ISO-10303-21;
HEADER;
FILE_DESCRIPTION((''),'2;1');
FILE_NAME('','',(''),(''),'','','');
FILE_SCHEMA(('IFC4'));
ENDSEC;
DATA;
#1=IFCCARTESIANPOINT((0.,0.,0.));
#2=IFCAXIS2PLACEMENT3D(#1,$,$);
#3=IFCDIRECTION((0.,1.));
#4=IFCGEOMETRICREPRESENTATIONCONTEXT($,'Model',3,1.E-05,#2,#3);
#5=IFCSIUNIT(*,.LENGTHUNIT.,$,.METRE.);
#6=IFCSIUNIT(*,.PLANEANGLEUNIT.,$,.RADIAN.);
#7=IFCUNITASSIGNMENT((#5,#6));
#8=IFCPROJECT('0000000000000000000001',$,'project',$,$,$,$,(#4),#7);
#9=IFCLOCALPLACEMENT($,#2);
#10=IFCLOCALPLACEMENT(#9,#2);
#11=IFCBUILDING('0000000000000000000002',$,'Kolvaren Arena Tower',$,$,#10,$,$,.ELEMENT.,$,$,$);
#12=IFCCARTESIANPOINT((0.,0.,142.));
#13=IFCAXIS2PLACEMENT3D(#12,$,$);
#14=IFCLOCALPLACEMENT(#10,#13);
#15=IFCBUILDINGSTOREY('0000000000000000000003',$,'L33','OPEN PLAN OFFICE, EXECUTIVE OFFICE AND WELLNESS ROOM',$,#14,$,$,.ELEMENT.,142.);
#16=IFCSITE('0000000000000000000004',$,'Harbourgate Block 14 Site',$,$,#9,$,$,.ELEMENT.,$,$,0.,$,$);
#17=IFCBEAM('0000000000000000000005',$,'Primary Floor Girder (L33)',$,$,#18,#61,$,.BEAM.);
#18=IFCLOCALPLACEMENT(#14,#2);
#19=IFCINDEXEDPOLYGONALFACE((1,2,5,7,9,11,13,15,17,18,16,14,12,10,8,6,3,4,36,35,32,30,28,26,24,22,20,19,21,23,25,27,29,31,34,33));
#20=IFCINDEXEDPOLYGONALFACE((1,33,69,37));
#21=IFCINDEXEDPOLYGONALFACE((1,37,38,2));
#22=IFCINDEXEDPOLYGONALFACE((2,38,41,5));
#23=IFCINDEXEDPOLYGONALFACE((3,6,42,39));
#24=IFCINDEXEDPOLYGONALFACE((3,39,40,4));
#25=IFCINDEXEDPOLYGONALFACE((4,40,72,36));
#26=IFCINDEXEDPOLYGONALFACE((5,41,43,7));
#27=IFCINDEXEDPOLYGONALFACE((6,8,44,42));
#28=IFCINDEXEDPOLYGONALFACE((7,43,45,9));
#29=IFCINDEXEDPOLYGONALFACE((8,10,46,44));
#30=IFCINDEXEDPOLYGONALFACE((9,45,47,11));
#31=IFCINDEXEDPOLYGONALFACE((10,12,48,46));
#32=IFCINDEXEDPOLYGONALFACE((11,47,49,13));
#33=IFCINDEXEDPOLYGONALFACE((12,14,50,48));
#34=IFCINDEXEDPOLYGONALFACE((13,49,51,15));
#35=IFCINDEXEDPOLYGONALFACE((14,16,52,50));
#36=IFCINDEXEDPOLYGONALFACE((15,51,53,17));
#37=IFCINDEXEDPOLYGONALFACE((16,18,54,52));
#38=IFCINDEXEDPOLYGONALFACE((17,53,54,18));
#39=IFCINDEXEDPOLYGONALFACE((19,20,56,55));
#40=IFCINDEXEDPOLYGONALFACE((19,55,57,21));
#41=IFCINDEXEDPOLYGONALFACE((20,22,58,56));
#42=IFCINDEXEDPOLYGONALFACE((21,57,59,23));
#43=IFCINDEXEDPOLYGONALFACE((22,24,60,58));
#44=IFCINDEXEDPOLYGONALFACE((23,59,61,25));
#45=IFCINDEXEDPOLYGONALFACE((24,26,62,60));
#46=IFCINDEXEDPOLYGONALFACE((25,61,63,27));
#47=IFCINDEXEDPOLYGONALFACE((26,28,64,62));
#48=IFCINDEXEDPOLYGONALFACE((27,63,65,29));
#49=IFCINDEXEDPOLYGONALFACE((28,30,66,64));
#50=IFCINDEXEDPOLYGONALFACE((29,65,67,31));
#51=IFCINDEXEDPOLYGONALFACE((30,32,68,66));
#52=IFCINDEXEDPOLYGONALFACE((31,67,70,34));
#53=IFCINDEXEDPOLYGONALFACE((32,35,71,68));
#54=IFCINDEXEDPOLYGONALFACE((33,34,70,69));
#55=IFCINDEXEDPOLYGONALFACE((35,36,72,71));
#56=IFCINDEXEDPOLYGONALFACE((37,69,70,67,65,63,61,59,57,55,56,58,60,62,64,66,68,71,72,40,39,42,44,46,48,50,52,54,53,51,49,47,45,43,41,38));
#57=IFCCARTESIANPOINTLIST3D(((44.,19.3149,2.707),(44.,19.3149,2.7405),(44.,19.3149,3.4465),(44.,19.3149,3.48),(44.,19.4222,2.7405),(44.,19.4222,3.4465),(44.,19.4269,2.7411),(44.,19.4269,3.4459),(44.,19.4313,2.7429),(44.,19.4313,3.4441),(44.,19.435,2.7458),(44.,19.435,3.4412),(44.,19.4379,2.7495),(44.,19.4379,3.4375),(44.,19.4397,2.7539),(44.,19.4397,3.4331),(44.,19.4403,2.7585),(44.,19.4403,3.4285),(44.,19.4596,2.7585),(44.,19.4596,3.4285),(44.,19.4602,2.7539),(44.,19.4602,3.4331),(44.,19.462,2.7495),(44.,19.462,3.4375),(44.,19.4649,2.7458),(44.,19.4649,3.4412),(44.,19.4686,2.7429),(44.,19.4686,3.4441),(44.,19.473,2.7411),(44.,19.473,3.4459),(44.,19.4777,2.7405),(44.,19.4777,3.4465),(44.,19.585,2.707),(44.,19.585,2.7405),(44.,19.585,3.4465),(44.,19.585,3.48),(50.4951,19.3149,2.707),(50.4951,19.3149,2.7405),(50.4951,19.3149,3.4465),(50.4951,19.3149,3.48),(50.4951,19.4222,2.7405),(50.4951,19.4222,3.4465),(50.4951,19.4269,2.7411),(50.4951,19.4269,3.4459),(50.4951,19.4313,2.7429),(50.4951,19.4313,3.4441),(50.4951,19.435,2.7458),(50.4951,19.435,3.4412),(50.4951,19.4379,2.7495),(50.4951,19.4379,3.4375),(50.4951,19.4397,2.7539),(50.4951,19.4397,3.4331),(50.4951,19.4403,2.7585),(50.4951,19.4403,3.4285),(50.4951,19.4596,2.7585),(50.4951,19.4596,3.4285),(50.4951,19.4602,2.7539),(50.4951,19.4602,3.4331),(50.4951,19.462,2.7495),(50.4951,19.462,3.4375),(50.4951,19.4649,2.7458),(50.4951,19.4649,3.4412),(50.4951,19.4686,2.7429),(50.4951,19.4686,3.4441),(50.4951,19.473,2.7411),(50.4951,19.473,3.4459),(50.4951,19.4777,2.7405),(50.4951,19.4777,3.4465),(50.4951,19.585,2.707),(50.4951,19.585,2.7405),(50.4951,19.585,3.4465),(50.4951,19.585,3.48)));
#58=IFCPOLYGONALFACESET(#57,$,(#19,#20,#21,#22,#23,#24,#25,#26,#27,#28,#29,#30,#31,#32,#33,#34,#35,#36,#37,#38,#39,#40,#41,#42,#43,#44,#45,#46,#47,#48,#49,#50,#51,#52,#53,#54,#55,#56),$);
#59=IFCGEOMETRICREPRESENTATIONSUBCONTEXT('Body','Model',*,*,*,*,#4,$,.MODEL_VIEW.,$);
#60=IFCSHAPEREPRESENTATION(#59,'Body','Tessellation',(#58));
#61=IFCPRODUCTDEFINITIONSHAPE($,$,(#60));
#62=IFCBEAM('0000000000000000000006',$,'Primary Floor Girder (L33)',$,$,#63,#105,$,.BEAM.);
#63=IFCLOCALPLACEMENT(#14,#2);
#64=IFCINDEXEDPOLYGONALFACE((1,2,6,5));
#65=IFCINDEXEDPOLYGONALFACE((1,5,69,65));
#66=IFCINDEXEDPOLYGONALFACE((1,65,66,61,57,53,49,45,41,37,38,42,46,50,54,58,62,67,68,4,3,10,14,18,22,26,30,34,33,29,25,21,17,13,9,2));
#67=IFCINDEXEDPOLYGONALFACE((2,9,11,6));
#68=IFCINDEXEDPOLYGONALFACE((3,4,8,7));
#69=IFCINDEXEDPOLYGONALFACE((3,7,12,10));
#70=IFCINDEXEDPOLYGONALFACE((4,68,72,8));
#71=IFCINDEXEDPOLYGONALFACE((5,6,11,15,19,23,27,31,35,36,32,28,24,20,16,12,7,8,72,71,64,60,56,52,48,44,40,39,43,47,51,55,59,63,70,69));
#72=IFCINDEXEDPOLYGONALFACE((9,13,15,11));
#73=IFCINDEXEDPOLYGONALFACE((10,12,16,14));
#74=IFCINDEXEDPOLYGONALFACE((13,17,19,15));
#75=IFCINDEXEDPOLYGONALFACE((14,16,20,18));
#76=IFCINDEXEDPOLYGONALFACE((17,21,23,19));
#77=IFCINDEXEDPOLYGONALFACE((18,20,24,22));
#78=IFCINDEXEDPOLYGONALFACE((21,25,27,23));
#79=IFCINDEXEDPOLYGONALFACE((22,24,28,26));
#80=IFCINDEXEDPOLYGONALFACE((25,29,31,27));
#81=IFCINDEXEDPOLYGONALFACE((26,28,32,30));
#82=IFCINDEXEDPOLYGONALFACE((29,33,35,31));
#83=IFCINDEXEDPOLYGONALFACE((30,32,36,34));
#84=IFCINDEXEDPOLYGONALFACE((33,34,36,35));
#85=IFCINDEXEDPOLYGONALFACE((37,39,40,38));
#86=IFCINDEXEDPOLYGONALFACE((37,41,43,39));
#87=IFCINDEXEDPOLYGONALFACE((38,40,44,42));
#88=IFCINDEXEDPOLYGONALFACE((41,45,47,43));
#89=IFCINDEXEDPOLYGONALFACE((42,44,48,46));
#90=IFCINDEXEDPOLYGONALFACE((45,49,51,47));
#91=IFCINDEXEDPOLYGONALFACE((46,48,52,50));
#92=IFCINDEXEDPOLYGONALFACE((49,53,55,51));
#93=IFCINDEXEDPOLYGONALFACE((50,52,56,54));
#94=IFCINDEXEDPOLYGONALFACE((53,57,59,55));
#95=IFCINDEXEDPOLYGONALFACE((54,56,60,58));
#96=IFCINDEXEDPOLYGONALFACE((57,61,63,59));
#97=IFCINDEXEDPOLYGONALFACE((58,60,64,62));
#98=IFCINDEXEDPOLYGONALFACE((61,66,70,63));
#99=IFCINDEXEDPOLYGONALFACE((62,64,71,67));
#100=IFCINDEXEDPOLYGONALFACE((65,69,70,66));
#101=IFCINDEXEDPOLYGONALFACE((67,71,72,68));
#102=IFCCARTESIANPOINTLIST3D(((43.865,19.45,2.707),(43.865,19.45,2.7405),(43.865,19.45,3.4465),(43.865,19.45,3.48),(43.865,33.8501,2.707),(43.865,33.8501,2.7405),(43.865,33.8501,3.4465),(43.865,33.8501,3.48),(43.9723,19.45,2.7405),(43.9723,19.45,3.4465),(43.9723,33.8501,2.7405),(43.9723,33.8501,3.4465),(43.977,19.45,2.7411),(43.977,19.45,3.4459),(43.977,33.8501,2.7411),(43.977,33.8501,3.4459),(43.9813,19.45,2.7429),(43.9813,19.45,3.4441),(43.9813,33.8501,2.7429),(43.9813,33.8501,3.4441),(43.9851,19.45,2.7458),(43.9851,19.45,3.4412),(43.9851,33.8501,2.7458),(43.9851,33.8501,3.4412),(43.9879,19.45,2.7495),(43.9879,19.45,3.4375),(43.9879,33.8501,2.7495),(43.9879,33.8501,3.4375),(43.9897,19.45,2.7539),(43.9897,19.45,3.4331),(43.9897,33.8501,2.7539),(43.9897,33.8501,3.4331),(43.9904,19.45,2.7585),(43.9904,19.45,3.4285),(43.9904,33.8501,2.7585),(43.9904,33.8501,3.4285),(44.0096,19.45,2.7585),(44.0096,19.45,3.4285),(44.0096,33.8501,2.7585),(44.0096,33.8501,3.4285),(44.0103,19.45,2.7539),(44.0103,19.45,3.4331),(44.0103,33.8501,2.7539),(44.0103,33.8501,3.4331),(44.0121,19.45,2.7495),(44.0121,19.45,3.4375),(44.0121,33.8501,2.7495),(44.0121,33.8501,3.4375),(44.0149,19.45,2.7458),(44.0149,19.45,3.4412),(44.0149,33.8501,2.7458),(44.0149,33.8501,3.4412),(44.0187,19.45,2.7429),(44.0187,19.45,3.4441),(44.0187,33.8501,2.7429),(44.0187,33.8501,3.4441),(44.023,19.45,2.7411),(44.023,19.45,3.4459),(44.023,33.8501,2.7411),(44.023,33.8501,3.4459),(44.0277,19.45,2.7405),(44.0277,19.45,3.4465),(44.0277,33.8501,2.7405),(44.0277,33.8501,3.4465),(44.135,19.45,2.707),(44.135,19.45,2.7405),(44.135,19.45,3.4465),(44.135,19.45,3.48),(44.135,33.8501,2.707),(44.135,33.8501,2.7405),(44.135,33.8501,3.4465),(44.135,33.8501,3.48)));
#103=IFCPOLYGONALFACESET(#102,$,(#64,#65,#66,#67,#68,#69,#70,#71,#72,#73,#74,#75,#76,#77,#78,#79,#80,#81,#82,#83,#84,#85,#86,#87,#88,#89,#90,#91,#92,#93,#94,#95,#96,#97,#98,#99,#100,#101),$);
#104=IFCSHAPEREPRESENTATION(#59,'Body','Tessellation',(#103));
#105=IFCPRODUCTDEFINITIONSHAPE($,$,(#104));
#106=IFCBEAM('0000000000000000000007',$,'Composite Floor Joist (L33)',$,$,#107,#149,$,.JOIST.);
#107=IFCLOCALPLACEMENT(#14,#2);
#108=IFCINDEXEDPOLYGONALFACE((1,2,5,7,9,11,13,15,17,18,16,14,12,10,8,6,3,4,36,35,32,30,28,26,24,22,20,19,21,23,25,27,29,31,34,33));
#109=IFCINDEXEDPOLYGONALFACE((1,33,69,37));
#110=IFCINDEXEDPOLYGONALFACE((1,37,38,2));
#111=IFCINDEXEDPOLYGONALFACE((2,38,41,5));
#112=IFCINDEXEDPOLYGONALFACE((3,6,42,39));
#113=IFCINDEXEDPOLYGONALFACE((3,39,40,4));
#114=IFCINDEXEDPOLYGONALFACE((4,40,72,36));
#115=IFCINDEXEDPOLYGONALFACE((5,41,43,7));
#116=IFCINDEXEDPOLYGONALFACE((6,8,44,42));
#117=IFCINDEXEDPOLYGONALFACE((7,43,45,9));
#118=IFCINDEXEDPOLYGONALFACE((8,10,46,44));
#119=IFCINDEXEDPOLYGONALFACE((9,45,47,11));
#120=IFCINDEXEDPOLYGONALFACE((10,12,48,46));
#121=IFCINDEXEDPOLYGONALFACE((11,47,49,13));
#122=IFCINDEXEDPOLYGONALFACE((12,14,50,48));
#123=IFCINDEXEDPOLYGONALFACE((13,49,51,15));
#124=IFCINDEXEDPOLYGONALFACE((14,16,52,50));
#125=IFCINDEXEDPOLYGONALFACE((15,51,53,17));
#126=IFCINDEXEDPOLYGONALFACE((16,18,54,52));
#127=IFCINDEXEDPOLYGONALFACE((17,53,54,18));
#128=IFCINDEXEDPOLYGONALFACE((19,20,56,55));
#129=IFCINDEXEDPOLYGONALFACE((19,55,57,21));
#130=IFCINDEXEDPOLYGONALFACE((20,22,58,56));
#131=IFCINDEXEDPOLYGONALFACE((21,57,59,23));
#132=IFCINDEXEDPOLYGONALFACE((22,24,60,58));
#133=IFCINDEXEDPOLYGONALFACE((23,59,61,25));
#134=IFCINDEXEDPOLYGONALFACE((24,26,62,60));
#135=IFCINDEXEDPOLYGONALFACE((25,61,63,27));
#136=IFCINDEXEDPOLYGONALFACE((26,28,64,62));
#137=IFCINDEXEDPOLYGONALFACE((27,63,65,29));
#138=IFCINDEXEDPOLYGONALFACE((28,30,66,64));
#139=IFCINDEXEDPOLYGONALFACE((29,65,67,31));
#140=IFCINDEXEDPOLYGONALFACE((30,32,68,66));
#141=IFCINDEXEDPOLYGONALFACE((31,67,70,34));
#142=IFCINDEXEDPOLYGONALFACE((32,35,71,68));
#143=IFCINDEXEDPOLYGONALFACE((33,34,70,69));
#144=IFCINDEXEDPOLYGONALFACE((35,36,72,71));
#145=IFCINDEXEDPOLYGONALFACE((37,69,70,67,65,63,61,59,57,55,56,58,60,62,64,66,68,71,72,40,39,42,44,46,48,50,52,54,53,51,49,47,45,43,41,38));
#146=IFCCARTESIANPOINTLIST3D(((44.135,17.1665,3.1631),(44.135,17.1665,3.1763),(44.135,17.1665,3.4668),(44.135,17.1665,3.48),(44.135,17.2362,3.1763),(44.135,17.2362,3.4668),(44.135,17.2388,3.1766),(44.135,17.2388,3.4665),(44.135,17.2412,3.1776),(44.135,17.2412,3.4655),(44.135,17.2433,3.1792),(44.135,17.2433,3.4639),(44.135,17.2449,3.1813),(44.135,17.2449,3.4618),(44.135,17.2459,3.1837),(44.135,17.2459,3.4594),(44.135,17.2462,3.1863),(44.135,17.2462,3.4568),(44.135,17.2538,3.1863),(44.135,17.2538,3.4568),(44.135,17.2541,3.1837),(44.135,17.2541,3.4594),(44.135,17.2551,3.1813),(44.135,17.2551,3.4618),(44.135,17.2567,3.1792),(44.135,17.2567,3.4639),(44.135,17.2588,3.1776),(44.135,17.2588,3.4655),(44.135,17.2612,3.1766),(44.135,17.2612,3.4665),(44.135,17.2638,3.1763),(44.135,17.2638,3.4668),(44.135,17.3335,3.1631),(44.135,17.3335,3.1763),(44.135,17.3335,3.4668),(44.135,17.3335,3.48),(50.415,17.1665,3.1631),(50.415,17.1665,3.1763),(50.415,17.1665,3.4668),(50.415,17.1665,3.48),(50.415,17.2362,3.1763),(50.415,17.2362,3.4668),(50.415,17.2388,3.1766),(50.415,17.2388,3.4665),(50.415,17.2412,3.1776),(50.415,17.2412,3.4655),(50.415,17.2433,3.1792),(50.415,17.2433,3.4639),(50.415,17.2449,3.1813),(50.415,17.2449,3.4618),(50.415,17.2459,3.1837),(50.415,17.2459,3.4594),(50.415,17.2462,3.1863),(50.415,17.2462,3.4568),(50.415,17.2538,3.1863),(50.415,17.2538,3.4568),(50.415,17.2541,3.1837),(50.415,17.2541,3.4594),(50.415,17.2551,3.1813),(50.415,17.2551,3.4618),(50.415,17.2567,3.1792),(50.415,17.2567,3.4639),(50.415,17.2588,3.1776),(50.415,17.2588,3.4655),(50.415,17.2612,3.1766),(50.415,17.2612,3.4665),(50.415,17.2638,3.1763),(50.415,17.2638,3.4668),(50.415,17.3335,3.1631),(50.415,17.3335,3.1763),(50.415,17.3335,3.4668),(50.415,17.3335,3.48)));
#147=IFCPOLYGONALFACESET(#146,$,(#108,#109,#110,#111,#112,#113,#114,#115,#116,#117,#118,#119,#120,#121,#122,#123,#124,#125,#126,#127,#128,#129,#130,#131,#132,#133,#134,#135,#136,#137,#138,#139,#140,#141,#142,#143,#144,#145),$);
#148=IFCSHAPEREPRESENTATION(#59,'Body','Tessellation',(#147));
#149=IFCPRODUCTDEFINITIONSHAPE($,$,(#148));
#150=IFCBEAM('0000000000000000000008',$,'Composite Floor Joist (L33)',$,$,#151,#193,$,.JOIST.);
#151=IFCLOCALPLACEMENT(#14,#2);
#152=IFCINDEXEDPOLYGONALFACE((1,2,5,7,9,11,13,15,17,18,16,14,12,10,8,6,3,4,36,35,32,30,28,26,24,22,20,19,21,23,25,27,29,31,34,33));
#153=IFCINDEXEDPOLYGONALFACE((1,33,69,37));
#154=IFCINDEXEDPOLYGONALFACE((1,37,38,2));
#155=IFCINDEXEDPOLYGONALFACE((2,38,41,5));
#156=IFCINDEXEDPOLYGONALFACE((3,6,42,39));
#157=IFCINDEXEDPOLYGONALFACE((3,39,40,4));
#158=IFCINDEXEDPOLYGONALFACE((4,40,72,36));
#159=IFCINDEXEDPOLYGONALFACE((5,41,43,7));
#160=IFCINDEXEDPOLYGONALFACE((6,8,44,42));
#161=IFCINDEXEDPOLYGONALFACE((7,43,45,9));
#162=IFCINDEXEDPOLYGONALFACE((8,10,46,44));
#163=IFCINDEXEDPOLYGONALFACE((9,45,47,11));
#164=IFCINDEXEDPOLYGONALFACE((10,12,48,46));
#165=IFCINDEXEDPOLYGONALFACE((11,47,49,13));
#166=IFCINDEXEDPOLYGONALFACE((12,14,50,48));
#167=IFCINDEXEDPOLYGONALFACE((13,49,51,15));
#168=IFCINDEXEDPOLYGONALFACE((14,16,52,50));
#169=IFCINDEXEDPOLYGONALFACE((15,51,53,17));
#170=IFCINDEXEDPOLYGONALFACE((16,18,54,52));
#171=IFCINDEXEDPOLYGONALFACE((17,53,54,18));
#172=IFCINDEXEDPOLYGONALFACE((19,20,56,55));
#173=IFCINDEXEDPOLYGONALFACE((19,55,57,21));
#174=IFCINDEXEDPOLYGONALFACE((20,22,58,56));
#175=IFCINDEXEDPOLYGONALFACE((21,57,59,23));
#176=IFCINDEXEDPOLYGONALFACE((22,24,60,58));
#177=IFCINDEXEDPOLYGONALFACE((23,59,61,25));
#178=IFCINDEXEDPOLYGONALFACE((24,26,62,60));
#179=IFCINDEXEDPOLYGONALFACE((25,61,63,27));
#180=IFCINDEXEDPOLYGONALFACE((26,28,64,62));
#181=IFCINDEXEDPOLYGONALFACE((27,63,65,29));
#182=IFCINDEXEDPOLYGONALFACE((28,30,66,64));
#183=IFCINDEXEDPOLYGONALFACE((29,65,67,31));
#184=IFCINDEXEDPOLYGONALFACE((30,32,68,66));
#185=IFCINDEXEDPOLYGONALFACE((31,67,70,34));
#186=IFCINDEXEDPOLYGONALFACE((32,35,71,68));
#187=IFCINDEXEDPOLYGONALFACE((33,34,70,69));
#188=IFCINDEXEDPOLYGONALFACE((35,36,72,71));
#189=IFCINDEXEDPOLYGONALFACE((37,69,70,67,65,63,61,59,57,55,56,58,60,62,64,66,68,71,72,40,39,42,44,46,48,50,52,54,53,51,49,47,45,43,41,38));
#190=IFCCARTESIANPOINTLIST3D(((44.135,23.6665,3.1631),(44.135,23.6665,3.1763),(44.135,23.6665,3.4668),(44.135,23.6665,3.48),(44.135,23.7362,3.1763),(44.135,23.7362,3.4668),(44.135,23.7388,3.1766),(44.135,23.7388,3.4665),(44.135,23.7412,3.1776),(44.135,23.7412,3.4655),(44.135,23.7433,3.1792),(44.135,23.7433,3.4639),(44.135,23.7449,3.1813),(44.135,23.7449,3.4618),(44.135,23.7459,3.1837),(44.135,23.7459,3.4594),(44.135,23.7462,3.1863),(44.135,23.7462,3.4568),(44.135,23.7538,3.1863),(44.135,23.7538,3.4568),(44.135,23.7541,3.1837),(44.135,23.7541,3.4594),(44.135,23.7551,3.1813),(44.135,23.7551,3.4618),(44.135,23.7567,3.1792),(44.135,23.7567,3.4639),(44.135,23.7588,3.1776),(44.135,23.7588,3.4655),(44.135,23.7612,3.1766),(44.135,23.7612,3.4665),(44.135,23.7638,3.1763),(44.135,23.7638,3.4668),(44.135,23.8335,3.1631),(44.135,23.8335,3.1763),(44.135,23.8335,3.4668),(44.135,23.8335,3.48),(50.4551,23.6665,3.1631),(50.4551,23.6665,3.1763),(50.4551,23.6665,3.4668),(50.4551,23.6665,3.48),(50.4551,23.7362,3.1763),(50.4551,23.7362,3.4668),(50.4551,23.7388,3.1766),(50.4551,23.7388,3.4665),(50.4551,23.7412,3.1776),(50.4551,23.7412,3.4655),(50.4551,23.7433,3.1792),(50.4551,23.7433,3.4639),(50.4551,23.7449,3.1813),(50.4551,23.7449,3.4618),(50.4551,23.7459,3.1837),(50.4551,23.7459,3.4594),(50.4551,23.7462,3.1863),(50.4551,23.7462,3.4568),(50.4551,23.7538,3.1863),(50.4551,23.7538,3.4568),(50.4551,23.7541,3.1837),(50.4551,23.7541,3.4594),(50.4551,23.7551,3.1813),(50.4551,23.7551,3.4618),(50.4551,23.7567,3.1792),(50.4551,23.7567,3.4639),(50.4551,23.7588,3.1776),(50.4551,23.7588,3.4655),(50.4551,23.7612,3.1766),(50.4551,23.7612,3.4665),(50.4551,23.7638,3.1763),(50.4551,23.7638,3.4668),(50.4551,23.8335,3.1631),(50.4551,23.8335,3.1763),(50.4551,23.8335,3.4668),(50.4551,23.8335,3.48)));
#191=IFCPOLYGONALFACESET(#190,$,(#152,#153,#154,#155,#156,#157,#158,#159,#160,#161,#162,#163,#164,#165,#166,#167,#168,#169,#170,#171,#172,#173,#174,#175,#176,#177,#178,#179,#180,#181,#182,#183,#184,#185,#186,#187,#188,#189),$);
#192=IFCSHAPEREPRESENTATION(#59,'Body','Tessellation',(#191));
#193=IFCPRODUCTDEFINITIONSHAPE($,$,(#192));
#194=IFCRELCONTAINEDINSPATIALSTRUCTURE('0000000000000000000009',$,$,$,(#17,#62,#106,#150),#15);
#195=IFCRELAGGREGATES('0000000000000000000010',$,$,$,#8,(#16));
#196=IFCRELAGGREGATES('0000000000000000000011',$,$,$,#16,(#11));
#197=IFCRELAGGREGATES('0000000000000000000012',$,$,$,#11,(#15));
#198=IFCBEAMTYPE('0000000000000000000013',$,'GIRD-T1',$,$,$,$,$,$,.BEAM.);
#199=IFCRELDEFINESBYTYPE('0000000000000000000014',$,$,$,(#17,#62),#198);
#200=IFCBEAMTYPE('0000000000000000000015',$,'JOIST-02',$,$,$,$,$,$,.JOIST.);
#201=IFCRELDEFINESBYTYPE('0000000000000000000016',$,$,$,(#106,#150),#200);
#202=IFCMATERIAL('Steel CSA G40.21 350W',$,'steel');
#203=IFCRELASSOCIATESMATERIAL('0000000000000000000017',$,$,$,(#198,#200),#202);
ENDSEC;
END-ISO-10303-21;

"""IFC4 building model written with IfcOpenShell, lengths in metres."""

from ifc_helpers import new_model, si_unit, direction, frame, origin, origin_2d, place, context, subcontext, project, spatial, i_section, extrude, material, material_profile, profile_set, type_object, element, save


model = new_model("IFC4")

# Units and contexts
model_context = context("Model", 3, precision=1e-05, world=origin(), true_north=direction((0.0, 1.0)))
body_context = subcontext(model_context, "Body", "Model", "MODEL_VIEW")
ifc_project = project(units=[si_unit("LENGTHUNIT", "METRE"), si_unit("PLANEANGLEUNIT", "RADIAN")], contexts=[model_context])

# Site, building, storey
site_placement = place(None, origin())
site = spatial("IfcSite", under=ifc_project, at=site_placement, Name="Harbourgate Block 14 Site", CompositionType="ELEMENT", RefElevation=0.0)
building_placement = place(site_placement, origin())
building = spatial("IfcBuilding", under=site, at=building_placement, Name="Kolvaren Arena Tower", CompositionType="ELEMENT")
storey_placement = place(building_placement, frame((0.0, 0.0, 142.0)))
storey = spatial("IfcBuildingStorey", under=building, at=storey_placement, Name="L33", Description="OPEN PLAN OFFICE, EXECUTIVE OFFICE AND WELLNESS ROOM", CompositionType="ELEMENT", Elevation=142.0)

# Beams
ifc_material_1 = material(Name="Steel CSA G40.21 350W", Category="steel")
ifc_material_profile_1 = material_profile(ifc_material_1, i_section(OverallWidth=0.27, OverallDepth=0.7729, WebThickness=0.0193, FlangeThickness=0.0334, FilletRadius=0.0181, at=origin_2d()), Name="W760x257")
ifc_profile_set_1 = profile_set([ifc_material_profile_1], Name="Steel CSA G40.21 350W")
beam_type_1 = type_object("IfcBeamType", Name="GIRD-T1", PredefinedType="BEAM", material=ifc_profile_set_1)
beam_1_placement = place(storey_placement, frame((44.0, 19.45, 3.0935), z_axis=(1.0, 0.0, 0.0), x_axis=(0.0, 1.0, 0.0)))
element("IfcBeam", 1, at=beam_1_placement, inside=storey, type_object=beam_type_1, Name="Primary Floor Girder (L33)", PredefinedType="BEAM", context=body_context, shape_type="SweptSolid", body=[
    extrude(i_section(OverallWidth=0.27, OverallDepth=0.7729, WebThickness=0.0193, FlangeThickness=0.0334, FilletRadius=0.0181, at=origin_2d()), origin(), (0.0, 0.0, 1.0), 6.4951),
])
beam_2_placement = place(storey_placement, frame((44.0, 19.45, 3.0935), z_axis=(0.0, 1.0, 0.0), x_axis=(-1.0, 0.0, 0.0)))
element("IfcBeam", 2, at=beam_2_placement, inside=storey, type_object=beam_type_1, Name="Primary Floor Girder (L33)", PredefinedType="BEAM", context=body_context, shape_type="SweptSolid", body=[
    extrude(i_section(OverallWidth=0.27, OverallDepth=0.7729, WebThickness=0.0193, FlangeThickness=0.0334, FilletRadius=0.0181, at=origin_2d()), origin(), (0.0, 0.0, 1.0), 14.4001),
])
ifc_material_profile_2 = material_profile(ifc_material_1, i_section(OverallWidth=0.167, OverallDepth=0.3169, WebThickness=0.0076, FlangeThickness=0.0132, FilletRadius=0.01, at=origin_2d()), Name="W310x52")
ifc_profile_set_2 = profile_set([ifc_material_profile_2], Name="Steel CSA G40.21 350W")
beam_type_2 = type_object("IfcBeamType", Name="JOIST-02", PredefinedType="JOIST", material=ifc_profile_set_2)
beam_3_placement = place(storey_placement, frame((44.135, 17.25, 3.3215), z_axis=(1.0, 0.0, 0.0), x_axis=(0.0, 1.0, 0.0)))
element("IfcBeam", 3, at=beam_3_placement, inside=storey, type_object=beam_type_2, Name="Composite Floor Joist (L33)", PredefinedType="JOIST", context=body_context, shape_type="SweptSolid", body=[
    extrude(i_section(OverallWidth=0.167, OverallDepth=0.3169, WebThickness=0.0076, FlangeThickness=0.0132, FilletRadius=0.01, at=origin_2d()), origin(), (0.0, 0.0, 1.0), 6.28),
])
for number, where, z_axis, x_axis, name in (
    (4, (44.135, 23.75, 3.3215), (1.0, 0.0, 0.0), (0.0, 1.0, 0.0), "Composite Floor Joist (L33)"),
):
    element("IfcBeam", number, at=place(storey_placement, frame(where, z_axis=z_axis, x_axis=x_axis)), inside=storey, type_object=beam_type_2, Name=name, PredefinedType="JOIST", context=body_context, shape_type="SweptSolid", body=[
        extrude(i_section(OverallWidth=0.167, OverallDepth=0.3169, WebThickness=0.0076, FlangeThickness=0.0132, FilletRadius=0.01, at=origin_2d()), origin(), (0.0, 0.0, 1.0), 6.3201),
    ])

save(model, "model.ifc")
